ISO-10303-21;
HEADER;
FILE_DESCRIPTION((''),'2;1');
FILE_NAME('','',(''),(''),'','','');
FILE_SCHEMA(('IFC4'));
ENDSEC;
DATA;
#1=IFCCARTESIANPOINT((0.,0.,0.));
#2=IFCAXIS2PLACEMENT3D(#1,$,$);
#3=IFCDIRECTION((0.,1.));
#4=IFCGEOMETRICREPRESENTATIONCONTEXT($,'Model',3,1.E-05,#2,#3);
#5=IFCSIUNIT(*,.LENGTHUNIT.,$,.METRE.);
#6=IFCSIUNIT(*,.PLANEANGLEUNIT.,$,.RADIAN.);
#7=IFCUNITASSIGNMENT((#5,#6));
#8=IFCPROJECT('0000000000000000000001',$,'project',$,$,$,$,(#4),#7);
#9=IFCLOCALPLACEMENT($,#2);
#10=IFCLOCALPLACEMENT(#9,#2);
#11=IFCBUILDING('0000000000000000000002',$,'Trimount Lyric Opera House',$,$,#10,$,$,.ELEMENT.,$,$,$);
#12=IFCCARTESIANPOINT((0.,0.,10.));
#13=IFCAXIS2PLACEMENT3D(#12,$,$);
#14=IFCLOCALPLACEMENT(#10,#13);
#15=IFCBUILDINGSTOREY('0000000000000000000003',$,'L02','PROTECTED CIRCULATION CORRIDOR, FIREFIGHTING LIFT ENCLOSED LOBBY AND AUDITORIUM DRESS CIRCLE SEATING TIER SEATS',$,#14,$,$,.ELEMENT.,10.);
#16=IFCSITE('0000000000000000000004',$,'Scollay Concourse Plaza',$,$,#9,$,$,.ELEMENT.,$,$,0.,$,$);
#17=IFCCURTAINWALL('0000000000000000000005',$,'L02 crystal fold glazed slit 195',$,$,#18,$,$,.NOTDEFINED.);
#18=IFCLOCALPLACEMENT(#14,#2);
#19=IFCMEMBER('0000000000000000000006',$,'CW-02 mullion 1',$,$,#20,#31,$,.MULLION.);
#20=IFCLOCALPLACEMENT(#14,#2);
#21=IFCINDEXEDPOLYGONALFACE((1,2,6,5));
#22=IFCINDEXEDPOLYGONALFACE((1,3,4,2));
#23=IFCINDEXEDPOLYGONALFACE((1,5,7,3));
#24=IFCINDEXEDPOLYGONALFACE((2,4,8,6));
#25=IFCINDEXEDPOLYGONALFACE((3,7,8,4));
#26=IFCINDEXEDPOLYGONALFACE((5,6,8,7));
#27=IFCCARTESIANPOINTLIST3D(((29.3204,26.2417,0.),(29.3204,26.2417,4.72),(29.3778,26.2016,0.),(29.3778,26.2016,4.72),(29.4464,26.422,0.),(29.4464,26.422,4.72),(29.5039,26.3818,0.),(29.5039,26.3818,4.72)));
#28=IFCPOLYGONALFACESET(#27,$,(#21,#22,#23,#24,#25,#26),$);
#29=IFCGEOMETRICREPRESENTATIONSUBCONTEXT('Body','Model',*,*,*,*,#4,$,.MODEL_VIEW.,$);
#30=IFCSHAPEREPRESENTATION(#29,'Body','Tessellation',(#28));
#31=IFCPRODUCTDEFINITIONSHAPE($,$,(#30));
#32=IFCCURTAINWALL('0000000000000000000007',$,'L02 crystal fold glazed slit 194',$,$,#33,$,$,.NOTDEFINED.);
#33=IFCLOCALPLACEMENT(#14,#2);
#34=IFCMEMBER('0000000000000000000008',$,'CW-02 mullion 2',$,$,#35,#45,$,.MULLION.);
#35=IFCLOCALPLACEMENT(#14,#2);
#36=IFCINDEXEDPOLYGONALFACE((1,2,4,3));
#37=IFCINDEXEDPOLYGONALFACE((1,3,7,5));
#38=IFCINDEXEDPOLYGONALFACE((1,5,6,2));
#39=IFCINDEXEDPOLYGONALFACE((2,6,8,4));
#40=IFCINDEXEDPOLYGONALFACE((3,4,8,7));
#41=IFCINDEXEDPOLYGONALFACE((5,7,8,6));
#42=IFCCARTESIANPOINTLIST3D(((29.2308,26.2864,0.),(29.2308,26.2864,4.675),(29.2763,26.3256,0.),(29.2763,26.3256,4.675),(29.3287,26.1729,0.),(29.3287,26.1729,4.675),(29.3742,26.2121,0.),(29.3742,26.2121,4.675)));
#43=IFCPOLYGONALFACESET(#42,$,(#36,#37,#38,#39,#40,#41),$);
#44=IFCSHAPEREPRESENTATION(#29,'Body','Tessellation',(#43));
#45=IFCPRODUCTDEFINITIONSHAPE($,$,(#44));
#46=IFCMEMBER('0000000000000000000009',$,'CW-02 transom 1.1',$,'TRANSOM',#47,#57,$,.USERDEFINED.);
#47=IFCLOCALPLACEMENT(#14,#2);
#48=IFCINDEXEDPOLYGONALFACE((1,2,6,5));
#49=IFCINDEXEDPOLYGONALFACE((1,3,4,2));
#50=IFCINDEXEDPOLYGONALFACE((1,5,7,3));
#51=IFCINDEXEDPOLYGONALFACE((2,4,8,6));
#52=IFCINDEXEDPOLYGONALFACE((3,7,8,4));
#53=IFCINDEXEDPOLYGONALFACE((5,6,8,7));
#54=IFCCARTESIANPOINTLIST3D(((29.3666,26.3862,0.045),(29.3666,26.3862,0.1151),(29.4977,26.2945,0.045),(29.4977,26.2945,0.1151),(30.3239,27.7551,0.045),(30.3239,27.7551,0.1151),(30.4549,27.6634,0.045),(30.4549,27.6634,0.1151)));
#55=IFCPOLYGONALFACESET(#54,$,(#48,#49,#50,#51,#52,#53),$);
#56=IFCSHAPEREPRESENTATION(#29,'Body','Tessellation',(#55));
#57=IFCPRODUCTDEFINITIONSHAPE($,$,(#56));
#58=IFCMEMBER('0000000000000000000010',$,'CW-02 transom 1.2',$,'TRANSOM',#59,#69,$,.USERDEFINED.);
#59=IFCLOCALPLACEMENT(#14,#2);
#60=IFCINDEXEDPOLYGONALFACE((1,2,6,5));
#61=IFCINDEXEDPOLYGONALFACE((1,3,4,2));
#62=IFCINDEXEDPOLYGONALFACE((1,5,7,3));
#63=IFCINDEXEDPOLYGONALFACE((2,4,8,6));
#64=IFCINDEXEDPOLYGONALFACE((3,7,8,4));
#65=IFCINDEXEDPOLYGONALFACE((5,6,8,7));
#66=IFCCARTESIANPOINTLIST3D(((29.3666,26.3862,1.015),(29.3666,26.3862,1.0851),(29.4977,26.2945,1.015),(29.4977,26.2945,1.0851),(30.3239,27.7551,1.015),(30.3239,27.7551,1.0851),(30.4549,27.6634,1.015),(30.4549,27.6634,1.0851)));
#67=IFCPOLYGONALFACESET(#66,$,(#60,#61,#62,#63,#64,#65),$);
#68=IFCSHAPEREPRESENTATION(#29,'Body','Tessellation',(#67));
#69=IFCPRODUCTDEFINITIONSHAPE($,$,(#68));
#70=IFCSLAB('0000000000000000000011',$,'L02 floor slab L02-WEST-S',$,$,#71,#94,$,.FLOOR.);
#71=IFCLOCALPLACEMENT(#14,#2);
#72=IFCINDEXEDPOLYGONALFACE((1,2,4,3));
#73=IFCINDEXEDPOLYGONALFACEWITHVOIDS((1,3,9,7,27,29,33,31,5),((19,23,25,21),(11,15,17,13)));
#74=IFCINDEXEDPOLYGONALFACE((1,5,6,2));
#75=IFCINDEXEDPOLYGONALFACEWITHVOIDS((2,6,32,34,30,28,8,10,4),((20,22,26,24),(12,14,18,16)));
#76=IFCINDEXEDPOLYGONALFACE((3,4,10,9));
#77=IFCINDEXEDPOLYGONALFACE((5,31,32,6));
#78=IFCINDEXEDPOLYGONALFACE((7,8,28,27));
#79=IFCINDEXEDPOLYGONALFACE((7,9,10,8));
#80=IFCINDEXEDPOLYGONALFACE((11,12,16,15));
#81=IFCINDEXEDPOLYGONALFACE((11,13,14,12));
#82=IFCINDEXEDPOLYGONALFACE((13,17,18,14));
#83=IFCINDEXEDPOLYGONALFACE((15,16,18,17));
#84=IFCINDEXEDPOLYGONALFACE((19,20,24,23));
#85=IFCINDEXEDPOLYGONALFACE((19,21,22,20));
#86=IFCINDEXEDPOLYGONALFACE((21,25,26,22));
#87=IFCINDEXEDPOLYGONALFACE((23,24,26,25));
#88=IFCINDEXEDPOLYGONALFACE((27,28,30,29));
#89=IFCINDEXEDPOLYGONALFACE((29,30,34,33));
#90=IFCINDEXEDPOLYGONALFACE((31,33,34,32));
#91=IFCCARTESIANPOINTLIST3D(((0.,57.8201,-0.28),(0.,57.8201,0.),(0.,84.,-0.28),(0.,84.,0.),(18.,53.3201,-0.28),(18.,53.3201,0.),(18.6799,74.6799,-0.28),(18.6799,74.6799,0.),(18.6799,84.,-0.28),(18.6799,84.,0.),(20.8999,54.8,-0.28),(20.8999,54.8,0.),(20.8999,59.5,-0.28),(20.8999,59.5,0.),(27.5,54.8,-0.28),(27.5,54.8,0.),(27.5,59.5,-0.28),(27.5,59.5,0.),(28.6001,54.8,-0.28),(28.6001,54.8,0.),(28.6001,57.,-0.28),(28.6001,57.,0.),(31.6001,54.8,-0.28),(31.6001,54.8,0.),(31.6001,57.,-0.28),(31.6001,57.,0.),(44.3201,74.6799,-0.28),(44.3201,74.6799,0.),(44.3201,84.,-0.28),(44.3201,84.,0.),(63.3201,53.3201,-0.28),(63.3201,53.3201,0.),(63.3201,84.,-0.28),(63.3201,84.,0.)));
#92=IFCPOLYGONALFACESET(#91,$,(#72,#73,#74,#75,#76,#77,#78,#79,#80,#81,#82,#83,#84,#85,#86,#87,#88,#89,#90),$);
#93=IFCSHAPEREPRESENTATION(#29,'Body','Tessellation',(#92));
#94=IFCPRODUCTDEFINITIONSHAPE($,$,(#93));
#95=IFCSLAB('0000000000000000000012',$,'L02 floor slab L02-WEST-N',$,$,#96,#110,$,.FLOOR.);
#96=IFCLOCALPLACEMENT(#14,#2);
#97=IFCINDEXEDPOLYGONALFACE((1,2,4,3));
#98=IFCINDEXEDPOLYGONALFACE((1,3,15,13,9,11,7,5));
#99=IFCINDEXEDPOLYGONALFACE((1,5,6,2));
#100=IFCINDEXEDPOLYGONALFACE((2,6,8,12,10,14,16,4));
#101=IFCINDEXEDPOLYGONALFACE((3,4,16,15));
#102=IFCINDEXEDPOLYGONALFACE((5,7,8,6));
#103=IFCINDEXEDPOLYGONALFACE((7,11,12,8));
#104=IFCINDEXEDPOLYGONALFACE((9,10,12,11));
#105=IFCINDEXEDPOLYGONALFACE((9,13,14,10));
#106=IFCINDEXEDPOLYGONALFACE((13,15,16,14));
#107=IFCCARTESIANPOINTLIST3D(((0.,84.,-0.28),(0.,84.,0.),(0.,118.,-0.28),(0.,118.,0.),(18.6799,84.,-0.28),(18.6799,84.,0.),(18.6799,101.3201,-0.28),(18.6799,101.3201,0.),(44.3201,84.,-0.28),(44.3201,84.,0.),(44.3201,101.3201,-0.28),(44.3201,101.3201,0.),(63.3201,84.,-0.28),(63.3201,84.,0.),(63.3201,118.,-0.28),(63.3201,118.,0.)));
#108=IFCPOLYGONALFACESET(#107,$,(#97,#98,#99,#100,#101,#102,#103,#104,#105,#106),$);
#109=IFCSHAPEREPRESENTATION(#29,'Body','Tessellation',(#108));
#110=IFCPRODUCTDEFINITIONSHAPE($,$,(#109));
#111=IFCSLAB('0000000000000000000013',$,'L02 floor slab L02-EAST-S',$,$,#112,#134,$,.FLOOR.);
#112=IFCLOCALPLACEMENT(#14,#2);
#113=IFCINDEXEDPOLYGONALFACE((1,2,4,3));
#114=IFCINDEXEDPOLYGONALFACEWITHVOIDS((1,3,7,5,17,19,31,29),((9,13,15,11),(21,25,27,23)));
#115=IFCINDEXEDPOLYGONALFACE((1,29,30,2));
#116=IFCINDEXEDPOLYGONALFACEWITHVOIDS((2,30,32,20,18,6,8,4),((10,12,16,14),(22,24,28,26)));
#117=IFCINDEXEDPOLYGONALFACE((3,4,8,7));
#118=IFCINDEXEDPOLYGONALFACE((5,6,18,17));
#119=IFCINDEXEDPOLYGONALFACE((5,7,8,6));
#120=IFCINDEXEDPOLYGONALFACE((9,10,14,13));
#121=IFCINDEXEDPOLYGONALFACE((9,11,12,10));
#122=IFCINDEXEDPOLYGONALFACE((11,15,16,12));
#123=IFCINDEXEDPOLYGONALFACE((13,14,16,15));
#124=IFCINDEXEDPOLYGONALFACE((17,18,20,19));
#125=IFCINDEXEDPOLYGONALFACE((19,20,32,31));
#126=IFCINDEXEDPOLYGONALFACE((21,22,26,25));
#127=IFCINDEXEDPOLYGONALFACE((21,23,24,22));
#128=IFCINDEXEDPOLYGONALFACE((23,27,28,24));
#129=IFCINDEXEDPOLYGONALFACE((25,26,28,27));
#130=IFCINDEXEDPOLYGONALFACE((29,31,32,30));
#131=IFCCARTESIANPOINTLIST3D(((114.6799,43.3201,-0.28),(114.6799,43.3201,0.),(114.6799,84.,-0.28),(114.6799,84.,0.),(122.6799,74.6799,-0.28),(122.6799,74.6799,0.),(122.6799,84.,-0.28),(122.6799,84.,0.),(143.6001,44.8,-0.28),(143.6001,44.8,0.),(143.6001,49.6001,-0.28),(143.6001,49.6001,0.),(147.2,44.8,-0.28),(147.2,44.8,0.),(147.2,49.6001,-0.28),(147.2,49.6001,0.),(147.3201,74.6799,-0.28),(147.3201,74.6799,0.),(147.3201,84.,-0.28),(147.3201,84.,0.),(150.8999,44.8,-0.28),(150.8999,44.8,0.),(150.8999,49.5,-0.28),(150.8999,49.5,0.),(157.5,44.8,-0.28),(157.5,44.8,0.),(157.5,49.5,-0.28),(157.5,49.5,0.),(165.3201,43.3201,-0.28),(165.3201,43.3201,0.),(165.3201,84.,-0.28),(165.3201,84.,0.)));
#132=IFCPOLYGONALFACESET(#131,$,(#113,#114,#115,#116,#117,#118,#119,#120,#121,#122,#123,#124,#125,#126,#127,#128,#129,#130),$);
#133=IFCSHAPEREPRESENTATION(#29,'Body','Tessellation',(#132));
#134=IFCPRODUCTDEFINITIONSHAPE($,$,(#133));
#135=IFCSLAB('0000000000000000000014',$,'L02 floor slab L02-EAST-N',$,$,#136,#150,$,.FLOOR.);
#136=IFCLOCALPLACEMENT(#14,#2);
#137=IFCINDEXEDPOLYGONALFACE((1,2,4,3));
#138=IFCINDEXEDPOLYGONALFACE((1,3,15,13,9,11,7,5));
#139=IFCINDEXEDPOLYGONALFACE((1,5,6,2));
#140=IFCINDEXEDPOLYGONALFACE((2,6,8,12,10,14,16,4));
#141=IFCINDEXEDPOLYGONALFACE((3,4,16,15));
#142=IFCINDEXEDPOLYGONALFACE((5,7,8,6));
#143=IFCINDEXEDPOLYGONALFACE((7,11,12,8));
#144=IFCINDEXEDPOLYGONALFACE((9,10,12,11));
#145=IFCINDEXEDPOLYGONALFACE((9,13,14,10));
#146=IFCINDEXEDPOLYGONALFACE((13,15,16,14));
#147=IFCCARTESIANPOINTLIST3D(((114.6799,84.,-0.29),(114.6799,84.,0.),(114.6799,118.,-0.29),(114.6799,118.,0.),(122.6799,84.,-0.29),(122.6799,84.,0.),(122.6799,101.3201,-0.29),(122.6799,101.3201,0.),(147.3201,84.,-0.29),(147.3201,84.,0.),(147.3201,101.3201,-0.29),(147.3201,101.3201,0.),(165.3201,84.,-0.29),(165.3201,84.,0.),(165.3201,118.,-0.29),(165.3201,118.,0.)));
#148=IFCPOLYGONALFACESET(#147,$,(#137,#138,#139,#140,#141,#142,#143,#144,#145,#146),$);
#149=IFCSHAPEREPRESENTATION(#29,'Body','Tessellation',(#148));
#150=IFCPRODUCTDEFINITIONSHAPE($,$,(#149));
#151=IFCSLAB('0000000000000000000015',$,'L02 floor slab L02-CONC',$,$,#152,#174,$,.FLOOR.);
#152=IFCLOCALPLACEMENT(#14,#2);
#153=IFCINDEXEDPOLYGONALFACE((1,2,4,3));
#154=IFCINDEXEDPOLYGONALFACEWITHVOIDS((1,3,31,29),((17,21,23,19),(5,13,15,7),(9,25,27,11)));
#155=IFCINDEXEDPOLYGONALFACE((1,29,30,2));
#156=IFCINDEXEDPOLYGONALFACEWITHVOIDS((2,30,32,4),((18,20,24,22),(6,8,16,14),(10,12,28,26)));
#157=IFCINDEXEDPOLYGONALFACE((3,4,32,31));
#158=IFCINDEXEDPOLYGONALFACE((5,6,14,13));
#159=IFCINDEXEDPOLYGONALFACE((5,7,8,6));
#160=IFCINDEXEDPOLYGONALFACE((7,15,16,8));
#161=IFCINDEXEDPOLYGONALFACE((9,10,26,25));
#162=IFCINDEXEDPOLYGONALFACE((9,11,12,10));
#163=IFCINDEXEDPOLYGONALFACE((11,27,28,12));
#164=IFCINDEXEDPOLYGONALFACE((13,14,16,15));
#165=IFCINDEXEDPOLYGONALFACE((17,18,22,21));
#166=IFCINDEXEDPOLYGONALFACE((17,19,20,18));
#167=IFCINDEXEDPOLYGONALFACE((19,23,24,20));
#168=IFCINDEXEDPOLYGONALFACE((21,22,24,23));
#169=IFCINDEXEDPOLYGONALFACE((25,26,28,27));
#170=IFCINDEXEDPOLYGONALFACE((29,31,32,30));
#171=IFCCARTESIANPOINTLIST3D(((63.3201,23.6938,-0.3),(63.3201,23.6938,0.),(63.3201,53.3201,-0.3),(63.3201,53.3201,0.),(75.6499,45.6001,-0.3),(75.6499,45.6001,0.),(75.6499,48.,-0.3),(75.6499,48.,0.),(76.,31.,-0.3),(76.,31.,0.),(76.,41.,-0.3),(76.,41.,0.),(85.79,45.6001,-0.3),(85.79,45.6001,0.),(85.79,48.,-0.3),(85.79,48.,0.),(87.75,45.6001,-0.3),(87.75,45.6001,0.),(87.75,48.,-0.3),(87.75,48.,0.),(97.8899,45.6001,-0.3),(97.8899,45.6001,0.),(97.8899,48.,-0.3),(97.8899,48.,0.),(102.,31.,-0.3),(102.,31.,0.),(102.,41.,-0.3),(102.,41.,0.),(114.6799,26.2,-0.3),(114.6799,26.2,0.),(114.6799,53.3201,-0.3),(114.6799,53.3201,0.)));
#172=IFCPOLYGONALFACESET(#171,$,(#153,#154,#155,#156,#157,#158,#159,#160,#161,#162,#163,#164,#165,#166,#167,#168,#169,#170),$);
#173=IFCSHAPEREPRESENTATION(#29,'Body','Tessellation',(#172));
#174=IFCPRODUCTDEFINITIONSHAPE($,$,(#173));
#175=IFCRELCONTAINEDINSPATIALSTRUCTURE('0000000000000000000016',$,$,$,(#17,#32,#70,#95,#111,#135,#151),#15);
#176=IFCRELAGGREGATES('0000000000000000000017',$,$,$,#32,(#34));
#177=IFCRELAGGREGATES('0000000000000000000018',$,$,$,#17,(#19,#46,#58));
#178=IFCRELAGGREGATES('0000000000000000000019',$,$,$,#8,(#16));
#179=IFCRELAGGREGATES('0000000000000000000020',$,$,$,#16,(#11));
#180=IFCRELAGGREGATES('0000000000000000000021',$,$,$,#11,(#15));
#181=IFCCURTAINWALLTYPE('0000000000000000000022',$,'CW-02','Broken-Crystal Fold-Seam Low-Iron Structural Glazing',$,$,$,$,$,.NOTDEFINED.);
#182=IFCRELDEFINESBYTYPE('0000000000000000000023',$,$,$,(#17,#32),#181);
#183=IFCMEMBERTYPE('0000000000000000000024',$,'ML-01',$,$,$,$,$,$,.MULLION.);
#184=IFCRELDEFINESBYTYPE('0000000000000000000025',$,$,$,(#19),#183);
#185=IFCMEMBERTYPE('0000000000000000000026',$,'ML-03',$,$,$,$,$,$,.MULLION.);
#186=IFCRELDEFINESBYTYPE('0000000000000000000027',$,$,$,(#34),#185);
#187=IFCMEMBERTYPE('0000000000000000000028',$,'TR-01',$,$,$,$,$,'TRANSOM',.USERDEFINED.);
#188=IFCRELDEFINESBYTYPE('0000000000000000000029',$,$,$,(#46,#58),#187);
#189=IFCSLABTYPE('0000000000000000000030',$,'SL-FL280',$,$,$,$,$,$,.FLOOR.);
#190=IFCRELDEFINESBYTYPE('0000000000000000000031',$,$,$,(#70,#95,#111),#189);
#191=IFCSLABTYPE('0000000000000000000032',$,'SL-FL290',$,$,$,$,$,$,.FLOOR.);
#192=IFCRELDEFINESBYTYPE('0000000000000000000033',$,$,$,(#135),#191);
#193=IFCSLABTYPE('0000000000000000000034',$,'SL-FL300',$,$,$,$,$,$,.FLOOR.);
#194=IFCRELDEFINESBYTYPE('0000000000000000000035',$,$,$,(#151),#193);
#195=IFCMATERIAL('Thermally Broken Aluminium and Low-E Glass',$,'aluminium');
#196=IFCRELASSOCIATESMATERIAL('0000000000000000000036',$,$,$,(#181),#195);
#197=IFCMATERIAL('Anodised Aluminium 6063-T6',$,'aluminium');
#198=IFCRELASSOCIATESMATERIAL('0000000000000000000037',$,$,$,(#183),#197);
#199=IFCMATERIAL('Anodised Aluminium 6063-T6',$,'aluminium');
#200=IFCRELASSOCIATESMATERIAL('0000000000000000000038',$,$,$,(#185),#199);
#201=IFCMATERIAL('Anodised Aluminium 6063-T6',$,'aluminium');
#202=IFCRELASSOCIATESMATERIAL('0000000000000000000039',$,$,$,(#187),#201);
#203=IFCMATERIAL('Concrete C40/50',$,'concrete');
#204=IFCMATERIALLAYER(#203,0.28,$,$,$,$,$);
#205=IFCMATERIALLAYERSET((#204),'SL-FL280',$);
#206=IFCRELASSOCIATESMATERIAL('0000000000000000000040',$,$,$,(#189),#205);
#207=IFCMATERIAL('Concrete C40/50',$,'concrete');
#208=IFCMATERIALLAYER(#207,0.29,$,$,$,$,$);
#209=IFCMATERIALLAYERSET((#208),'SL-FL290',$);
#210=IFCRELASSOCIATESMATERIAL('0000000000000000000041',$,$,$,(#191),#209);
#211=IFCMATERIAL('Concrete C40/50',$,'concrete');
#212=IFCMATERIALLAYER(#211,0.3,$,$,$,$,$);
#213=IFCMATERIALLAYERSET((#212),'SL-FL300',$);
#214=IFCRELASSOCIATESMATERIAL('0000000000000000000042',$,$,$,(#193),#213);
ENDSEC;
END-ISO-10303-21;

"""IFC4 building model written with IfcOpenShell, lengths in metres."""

from ifc_helpers import new_model, si_unit, direction, frame, origin, origin_2d, place, context, subcontext, project, spatial, polyline, rectangle, outline, extrude, material, layer, layer_set, material_profile, profile_set, type_object, element, aggregate, save


model = new_model("IFC4")

# Units and contexts
model_context = context("Model", 3, precision=1e-05, world=origin(), true_north=direction((0.0, 1.0)))
body_context = subcontext(model_context, "Body", "Model", "MODEL_VIEW")
ifc_project = project(units=[si_unit("LENGTHUNIT", "METRE"), si_unit("PLANEANGLEUNIT", "RADIAN")], contexts=[model_context])

# Site, building, storey
site_placement = place(None, origin())
site = spatial("IfcSite", under=ifc_project, at=site_placement, Name="Scollay Concourse Plaza", CompositionType="ELEMENT", RefElevation=0.0)
building_placement = place(site_placement, origin())
building = spatial("IfcBuilding", under=site, at=building_placement, Name="Trimount Lyric Opera House", CompositionType="ELEMENT")
storey_placement = place(building_placement, frame((0.0, 0.0, 10.0)))
storey = spatial("IfcBuildingStorey", under=building, at=storey_placement, Name="L02", Description="PROTECTED CIRCULATION CORRIDOR, FIREFIGHTING LIFT ENCLOSED LOBBY AND AUDITORIUM DRESS CIRCLE SEATING TIER SEATS", CompositionType="ELEMENT", Elevation=10.0)

# Curtain walls, members
ifc_material_1 = material(Name="Thermally Broken Aluminium and Low-E Glass", Category="aluminium")
curtain_wall_type = type_object("IfcCurtainWallType", Name="CW-02", Description="Broken-Crystal Fold-Seam Low-Iron Structural Glazing", PredefinedType="NOTDEFINED", material=ifc_material_1)
curtain_wall_1_placement = place(storey_placement, origin())
curtain_wall_1 = element("IfcCurtainWall", 1, at=curtain_wall_1_placement, inside=storey, type_object=curtain_wall_type, Name="L02 crystal fold glazed slit 195", PredefinedType="NOTDEFINED")
ifc_material_2 = material(Name="Anodised Aluminium 6063-T6", Category="aluminium")
ifc_material_profile_1 = material_profile(ifc_material_2, rectangle(XDim=0.0701, YDim=0.22, at=origin_2d()), Name="ALU-MULL-70X220")
ifc_profile_set_1 = profile_set([ifc_material_profile_1], Name="Anodised Aluminium 6063-T6")
member_type_1 = type_object("IfcMemberType", Name="ML-01", PredefinedType="MULLION", material=ifc_profile_set_1)
member_1_placement = place(storey_placement, frame((29.4121, 26.3118, 0.0), z_axis=(0.0, 0.0, 1.0), x_axis=(-0.819496, 0.573084, 0.0)))
member_1 = element("IfcMember", 2, at=member_1_placement, type_object=member_type_1, Name="CW-02 mullion 1", PredefinedType="MULLION", context=body_context, shape_type="SweptSolid", body=[
    extrude(rectangle(XDim=0.0701, YDim=0.22, at=origin_2d()), origin(), (0.0, 0.0, 1.0), 4.72),
])
curtain_wall_2_placement = place(storey_placement, origin())
curtain_wall_2 = element("IfcCurtainWall", 3, at=curtain_wall_2_placement, inside=storey, type_object=curtain_wall_type, Name="L02 crystal fold glazed slit 194", PredefinedType="NOTDEFINED")
ifc_material_3 = material(Name="Anodised Aluminium 6063-T6", Category="aluminium")
ifc_material_profile_2 = material_profile(ifc_material_3, rectangle(XDim=0.0601, YDim=0.1499, at=origin_2d()), Name="ALU-MULL-60X150")
ifc_profile_set_2 = profile_set([ifc_material_profile_2], Name="Anodised Aluminium 6063-T6")
member_type_2 = type_object("IfcMemberType", Name="ML-03", PredefinedType="MULLION", material=ifc_profile_set_2)
member_2_placement = place(storey_placement, frame((29.3025, 26.2493, 0.0), z_axis=(0.0, 0.0, 1.0), x_axis=(-0.757161, -0.653229, 0.0)))
member_2 = element("IfcMember", 4, at=member_2_placement, type_object=member_type_2, Name="CW-02 mullion 2", PredefinedType="MULLION", context=body_context, shape_type="SweptSolid", body=[
    extrude(rectangle(XDim=0.0601, YDim=0.1499, at=origin_2d()), origin(), (0.0, 0.0, 1.0), 4.675),
])
aggregate(curtain_wall_2, [member_2])

# Members
ifc_material_4 = material(Name="Anodised Aluminium 6063-T6", Category="aluminium")
ifc_material_profile_3 = material_profile(ifc_material_4, rectangle(XDim=0.1599, YDim=0.0701, at=origin_2d()), Name="ALU-TRAN-70X160")
ifc_profile_set_3 = profile_set([ifc_material_profile_3], Name="Anodised Aluminium 6063-T6")
member_type_3 = type_object("IfcMemberType", Name="TR-01", ElementType="TRANSOM", PredefinedType="USERDEFINED", material=ifc_profile_set_3)
member_3_placement = place(storey_placement, frame((29.4321, 26.3403, 0.0801), z_axis=(0.57308, 0.8195, 0.0), x_axis=(-0.8195, 0.57308, 0.0)))
member_3 = element("IfcMember", 5, at=member_3_placement, type_object=member_type_3, Name="CW-02 transom 1.1", ObjectType="TRANSOM", PredefinedType="USERDEFINED", context=body_context, shape_type="SweptSolid", body=[
    extrude(rectangle(XDim=0.1599, YDim=0.0701, at=origin_2d()), origin(), (0.0, 0.0, 1.0), 1.6704),
])
member_4_placement = place(storey_placement, frame((29.4321, 26.3403, 1.05), z_axis=(0.57308, 0.8195, 0.0), x_axis=(-0.8195, 0.57308, 0.0)))
member_4 = element("IfcMember", 6, at=member_4_placement, type_object=member_type_3, Name="CW-02 transom 1.2", ObjectType="TRANSOM", PredefinedType="USERDEFINED", context=body_context, shape_type="SweptSolid", body=[
    extrude(rectangle(XDim=0.1599, YDim=0.0701, at=origin_2d()), origin(), (0.0, 0.0, 1.0), 1.6704),
])
aggregate(curtain_wall_1, [member_1, member_3, member_4])

# Slabs
ifc_material_5 = material(Name="Concrete C40/50", Category="concrete")
ifc_layer_1 = layer(ifc_material_5, 0.28)
ifc_layer_set_1 = layer_set([ifc_layer_1], Name="SL-FL280")
slab_type_1 = type_object("IfcSlabType", Name="SL-FL280", PredefinedType="FLOOR", material=ifc_layer_set_1)
slab_1_placement = place(storey_placement, frame((0.0, 0.0, -0.28)))
element("IfcSlab", 7, at=slab_1_placement, inside=storey, type_object=slab_type_1, Name="L02 floor slab L02-WEST-S", PredefinedType="FLOOR", context=body_context, shape_type="SweptSolid", body=[
    extrude(outline(polyline([(18.0, 53.3201), (0.0, 57.8201), (0.0, 84.0), (18.6799, 84.0), (18.6799, 74.6799), (44.3201, 74.6799), (44.3201, 84.0), (63.3201, 84.0), (63.3201, 53.3201), (18.0, 53.3201)]), holes=[polyline([(31.6001, 57.0), (28.6001, 57.0), (28.6001, 54.8), (31.6001, 54.8), (31.6001, 57.0)]), polyline([(27.5, 59.5), (20.8999, 59.5), (20.8999, 54.8), (27.5, 54.8), (27.5, 59.5)])]), origin(), (0.0, 0.0, 1.0), 0.28),
])
slab_2_placement = place(storey_placement, frame((0.0, 0.0, -0.28)))
element("IfcSlab", 8, at=slab_2_placement, inside=storey, type_object=slab_type_1, Name="L02 floor slab L02-WEST-N", PredefinedType="FLOOR", context=body_context, shape_type="SweptSolid", body=[
    extrude(outline(polyline([(63.3201, 118.0), (63.3201, 84.0), (44.3201, 84.0), (44.3201, 101.3201), (18.6799, 101.3201), (18.6799, 84.0), (0.0, 84.0), (0.0, 118.0), (63.3201, 118.0)])), origin(), (0.0, 0.0, 1.0), 0.28),
])
slab_3_placement = place(storey_placement, frame((0.0, 0.0, -0.28)))
element("IfcSlab", 9, at=slab_3_placement, inside=storey, type_object=slab_type_1, Name="L02 floor slab L02-EAST-S", PredefinedType="FLOOR", context=body_context, shape_type="SweptSolid", body=[
    extrude(outline(polyline([(114.6799, 43.3201), (114.6799, 84.0), (122.6799, 84.0), (122.6799, 74.6799), (147.3201, 74.6799), (147.3201, 84.0), (165.3201, 84.0), (165.3201, 43.3201), (114.6799, 43.3201)]), holes=[polyline([(157.5, 49.5), (150.8999, 49.5), (150.8999, 44.8), (157.5, 44.8), (157.5, 49.5)]), polyline([(147.2, 49.6001), (143.6001, 49.6001), (143.6001, 44.8), (147.2, 44.8), (147.2, 49.6001)])]), origin(), (0.0, 0.0, 1.0), 0.28),
])
ifc_material_6 = material(Name="Concrete C40/50", Category="concrete")
ifc_layer_2 = layer(ifc_material_6, 0.29)
ifc_layer_set_2 = layer_set([ifc_layer_2], Name="SL-FL290")
slab_type_2 = type_object("IfcSlabType", Name="SL-FL290", PredefinedType="FLOOR", material=ifc_layer_set_2)
slab_4_placement = place(storey_placement, frame((0.0, 0.0, -0.29)))
element("IfcSlab", 10, at=slab_4_placement, inside=storey, type_object=slab_type_2, Name="L02 floor slab L02-EAST-N", PredefinedType="FLOOR", context=body_context, shape_type="SweptSolid", body=[
    extrude(outline(polyline([(165.3201, 118.0), (165.3201, 84.0), (147.3201, 84.0), (147.3201, 101.3201), (122.6799, 101.3201), (122.6799, 84.0), (114.6799, 84.0), (114.6799, 118.0), (165.3201, 118.0)])), origin(), (0.0, 0.0, 1.0), 0.29),
])
ifc_material_7 = material(Name="Concrete C40/50", Category="concrete")
ifc_layer_3 = layer(ifc_material_7, 0.3)
ifc_layer_set_3 = layer_set([ifc_layer_3], Name="SL-FL300")
slab_type_3 = type_object("IfcSlabType", Name="SL-FL300", PredefinedType="FLOOR", material=ifc_layer_set_3)
slab_5_placement = place(storey_placement, frame((0.0, 0.0, -0.3)))
element("IfcSlab", 11, at=slab_5_placement, inside=storey, type_object=slab_type_3, Name="L02 floor slab L02-CONC", PredefinedType="FLOOR", context=body_context, shape_type="SweptSolid", body=[
    extrude(outline(polyline([(114.6799, 26.2), (63.3201, 23.6938), (63.3201, 53.3201), (114.6799, 53.3201), (114.6799, 26.2)]), holes=[polyline([(76.0, 31.0), (102.0, 31.0), (102.0, 41.0), (76.0, 41.0), (76.0, 31.0)]), polyline([(97.8899, 48.0), (87.75, 48.0), (87.75, 45.6001), (97.8899, 45.6001), (97.8899, 48.0)]), polyline([(85.79, 48.0), (75.6499, 48.0), (75.6499, 45.6001), (85.79, 45.6001), (85.79, 48.0)])]), origin(), (0.0, 0.0, 1.0), 0.3),
])

save(model, "model.ifc")
